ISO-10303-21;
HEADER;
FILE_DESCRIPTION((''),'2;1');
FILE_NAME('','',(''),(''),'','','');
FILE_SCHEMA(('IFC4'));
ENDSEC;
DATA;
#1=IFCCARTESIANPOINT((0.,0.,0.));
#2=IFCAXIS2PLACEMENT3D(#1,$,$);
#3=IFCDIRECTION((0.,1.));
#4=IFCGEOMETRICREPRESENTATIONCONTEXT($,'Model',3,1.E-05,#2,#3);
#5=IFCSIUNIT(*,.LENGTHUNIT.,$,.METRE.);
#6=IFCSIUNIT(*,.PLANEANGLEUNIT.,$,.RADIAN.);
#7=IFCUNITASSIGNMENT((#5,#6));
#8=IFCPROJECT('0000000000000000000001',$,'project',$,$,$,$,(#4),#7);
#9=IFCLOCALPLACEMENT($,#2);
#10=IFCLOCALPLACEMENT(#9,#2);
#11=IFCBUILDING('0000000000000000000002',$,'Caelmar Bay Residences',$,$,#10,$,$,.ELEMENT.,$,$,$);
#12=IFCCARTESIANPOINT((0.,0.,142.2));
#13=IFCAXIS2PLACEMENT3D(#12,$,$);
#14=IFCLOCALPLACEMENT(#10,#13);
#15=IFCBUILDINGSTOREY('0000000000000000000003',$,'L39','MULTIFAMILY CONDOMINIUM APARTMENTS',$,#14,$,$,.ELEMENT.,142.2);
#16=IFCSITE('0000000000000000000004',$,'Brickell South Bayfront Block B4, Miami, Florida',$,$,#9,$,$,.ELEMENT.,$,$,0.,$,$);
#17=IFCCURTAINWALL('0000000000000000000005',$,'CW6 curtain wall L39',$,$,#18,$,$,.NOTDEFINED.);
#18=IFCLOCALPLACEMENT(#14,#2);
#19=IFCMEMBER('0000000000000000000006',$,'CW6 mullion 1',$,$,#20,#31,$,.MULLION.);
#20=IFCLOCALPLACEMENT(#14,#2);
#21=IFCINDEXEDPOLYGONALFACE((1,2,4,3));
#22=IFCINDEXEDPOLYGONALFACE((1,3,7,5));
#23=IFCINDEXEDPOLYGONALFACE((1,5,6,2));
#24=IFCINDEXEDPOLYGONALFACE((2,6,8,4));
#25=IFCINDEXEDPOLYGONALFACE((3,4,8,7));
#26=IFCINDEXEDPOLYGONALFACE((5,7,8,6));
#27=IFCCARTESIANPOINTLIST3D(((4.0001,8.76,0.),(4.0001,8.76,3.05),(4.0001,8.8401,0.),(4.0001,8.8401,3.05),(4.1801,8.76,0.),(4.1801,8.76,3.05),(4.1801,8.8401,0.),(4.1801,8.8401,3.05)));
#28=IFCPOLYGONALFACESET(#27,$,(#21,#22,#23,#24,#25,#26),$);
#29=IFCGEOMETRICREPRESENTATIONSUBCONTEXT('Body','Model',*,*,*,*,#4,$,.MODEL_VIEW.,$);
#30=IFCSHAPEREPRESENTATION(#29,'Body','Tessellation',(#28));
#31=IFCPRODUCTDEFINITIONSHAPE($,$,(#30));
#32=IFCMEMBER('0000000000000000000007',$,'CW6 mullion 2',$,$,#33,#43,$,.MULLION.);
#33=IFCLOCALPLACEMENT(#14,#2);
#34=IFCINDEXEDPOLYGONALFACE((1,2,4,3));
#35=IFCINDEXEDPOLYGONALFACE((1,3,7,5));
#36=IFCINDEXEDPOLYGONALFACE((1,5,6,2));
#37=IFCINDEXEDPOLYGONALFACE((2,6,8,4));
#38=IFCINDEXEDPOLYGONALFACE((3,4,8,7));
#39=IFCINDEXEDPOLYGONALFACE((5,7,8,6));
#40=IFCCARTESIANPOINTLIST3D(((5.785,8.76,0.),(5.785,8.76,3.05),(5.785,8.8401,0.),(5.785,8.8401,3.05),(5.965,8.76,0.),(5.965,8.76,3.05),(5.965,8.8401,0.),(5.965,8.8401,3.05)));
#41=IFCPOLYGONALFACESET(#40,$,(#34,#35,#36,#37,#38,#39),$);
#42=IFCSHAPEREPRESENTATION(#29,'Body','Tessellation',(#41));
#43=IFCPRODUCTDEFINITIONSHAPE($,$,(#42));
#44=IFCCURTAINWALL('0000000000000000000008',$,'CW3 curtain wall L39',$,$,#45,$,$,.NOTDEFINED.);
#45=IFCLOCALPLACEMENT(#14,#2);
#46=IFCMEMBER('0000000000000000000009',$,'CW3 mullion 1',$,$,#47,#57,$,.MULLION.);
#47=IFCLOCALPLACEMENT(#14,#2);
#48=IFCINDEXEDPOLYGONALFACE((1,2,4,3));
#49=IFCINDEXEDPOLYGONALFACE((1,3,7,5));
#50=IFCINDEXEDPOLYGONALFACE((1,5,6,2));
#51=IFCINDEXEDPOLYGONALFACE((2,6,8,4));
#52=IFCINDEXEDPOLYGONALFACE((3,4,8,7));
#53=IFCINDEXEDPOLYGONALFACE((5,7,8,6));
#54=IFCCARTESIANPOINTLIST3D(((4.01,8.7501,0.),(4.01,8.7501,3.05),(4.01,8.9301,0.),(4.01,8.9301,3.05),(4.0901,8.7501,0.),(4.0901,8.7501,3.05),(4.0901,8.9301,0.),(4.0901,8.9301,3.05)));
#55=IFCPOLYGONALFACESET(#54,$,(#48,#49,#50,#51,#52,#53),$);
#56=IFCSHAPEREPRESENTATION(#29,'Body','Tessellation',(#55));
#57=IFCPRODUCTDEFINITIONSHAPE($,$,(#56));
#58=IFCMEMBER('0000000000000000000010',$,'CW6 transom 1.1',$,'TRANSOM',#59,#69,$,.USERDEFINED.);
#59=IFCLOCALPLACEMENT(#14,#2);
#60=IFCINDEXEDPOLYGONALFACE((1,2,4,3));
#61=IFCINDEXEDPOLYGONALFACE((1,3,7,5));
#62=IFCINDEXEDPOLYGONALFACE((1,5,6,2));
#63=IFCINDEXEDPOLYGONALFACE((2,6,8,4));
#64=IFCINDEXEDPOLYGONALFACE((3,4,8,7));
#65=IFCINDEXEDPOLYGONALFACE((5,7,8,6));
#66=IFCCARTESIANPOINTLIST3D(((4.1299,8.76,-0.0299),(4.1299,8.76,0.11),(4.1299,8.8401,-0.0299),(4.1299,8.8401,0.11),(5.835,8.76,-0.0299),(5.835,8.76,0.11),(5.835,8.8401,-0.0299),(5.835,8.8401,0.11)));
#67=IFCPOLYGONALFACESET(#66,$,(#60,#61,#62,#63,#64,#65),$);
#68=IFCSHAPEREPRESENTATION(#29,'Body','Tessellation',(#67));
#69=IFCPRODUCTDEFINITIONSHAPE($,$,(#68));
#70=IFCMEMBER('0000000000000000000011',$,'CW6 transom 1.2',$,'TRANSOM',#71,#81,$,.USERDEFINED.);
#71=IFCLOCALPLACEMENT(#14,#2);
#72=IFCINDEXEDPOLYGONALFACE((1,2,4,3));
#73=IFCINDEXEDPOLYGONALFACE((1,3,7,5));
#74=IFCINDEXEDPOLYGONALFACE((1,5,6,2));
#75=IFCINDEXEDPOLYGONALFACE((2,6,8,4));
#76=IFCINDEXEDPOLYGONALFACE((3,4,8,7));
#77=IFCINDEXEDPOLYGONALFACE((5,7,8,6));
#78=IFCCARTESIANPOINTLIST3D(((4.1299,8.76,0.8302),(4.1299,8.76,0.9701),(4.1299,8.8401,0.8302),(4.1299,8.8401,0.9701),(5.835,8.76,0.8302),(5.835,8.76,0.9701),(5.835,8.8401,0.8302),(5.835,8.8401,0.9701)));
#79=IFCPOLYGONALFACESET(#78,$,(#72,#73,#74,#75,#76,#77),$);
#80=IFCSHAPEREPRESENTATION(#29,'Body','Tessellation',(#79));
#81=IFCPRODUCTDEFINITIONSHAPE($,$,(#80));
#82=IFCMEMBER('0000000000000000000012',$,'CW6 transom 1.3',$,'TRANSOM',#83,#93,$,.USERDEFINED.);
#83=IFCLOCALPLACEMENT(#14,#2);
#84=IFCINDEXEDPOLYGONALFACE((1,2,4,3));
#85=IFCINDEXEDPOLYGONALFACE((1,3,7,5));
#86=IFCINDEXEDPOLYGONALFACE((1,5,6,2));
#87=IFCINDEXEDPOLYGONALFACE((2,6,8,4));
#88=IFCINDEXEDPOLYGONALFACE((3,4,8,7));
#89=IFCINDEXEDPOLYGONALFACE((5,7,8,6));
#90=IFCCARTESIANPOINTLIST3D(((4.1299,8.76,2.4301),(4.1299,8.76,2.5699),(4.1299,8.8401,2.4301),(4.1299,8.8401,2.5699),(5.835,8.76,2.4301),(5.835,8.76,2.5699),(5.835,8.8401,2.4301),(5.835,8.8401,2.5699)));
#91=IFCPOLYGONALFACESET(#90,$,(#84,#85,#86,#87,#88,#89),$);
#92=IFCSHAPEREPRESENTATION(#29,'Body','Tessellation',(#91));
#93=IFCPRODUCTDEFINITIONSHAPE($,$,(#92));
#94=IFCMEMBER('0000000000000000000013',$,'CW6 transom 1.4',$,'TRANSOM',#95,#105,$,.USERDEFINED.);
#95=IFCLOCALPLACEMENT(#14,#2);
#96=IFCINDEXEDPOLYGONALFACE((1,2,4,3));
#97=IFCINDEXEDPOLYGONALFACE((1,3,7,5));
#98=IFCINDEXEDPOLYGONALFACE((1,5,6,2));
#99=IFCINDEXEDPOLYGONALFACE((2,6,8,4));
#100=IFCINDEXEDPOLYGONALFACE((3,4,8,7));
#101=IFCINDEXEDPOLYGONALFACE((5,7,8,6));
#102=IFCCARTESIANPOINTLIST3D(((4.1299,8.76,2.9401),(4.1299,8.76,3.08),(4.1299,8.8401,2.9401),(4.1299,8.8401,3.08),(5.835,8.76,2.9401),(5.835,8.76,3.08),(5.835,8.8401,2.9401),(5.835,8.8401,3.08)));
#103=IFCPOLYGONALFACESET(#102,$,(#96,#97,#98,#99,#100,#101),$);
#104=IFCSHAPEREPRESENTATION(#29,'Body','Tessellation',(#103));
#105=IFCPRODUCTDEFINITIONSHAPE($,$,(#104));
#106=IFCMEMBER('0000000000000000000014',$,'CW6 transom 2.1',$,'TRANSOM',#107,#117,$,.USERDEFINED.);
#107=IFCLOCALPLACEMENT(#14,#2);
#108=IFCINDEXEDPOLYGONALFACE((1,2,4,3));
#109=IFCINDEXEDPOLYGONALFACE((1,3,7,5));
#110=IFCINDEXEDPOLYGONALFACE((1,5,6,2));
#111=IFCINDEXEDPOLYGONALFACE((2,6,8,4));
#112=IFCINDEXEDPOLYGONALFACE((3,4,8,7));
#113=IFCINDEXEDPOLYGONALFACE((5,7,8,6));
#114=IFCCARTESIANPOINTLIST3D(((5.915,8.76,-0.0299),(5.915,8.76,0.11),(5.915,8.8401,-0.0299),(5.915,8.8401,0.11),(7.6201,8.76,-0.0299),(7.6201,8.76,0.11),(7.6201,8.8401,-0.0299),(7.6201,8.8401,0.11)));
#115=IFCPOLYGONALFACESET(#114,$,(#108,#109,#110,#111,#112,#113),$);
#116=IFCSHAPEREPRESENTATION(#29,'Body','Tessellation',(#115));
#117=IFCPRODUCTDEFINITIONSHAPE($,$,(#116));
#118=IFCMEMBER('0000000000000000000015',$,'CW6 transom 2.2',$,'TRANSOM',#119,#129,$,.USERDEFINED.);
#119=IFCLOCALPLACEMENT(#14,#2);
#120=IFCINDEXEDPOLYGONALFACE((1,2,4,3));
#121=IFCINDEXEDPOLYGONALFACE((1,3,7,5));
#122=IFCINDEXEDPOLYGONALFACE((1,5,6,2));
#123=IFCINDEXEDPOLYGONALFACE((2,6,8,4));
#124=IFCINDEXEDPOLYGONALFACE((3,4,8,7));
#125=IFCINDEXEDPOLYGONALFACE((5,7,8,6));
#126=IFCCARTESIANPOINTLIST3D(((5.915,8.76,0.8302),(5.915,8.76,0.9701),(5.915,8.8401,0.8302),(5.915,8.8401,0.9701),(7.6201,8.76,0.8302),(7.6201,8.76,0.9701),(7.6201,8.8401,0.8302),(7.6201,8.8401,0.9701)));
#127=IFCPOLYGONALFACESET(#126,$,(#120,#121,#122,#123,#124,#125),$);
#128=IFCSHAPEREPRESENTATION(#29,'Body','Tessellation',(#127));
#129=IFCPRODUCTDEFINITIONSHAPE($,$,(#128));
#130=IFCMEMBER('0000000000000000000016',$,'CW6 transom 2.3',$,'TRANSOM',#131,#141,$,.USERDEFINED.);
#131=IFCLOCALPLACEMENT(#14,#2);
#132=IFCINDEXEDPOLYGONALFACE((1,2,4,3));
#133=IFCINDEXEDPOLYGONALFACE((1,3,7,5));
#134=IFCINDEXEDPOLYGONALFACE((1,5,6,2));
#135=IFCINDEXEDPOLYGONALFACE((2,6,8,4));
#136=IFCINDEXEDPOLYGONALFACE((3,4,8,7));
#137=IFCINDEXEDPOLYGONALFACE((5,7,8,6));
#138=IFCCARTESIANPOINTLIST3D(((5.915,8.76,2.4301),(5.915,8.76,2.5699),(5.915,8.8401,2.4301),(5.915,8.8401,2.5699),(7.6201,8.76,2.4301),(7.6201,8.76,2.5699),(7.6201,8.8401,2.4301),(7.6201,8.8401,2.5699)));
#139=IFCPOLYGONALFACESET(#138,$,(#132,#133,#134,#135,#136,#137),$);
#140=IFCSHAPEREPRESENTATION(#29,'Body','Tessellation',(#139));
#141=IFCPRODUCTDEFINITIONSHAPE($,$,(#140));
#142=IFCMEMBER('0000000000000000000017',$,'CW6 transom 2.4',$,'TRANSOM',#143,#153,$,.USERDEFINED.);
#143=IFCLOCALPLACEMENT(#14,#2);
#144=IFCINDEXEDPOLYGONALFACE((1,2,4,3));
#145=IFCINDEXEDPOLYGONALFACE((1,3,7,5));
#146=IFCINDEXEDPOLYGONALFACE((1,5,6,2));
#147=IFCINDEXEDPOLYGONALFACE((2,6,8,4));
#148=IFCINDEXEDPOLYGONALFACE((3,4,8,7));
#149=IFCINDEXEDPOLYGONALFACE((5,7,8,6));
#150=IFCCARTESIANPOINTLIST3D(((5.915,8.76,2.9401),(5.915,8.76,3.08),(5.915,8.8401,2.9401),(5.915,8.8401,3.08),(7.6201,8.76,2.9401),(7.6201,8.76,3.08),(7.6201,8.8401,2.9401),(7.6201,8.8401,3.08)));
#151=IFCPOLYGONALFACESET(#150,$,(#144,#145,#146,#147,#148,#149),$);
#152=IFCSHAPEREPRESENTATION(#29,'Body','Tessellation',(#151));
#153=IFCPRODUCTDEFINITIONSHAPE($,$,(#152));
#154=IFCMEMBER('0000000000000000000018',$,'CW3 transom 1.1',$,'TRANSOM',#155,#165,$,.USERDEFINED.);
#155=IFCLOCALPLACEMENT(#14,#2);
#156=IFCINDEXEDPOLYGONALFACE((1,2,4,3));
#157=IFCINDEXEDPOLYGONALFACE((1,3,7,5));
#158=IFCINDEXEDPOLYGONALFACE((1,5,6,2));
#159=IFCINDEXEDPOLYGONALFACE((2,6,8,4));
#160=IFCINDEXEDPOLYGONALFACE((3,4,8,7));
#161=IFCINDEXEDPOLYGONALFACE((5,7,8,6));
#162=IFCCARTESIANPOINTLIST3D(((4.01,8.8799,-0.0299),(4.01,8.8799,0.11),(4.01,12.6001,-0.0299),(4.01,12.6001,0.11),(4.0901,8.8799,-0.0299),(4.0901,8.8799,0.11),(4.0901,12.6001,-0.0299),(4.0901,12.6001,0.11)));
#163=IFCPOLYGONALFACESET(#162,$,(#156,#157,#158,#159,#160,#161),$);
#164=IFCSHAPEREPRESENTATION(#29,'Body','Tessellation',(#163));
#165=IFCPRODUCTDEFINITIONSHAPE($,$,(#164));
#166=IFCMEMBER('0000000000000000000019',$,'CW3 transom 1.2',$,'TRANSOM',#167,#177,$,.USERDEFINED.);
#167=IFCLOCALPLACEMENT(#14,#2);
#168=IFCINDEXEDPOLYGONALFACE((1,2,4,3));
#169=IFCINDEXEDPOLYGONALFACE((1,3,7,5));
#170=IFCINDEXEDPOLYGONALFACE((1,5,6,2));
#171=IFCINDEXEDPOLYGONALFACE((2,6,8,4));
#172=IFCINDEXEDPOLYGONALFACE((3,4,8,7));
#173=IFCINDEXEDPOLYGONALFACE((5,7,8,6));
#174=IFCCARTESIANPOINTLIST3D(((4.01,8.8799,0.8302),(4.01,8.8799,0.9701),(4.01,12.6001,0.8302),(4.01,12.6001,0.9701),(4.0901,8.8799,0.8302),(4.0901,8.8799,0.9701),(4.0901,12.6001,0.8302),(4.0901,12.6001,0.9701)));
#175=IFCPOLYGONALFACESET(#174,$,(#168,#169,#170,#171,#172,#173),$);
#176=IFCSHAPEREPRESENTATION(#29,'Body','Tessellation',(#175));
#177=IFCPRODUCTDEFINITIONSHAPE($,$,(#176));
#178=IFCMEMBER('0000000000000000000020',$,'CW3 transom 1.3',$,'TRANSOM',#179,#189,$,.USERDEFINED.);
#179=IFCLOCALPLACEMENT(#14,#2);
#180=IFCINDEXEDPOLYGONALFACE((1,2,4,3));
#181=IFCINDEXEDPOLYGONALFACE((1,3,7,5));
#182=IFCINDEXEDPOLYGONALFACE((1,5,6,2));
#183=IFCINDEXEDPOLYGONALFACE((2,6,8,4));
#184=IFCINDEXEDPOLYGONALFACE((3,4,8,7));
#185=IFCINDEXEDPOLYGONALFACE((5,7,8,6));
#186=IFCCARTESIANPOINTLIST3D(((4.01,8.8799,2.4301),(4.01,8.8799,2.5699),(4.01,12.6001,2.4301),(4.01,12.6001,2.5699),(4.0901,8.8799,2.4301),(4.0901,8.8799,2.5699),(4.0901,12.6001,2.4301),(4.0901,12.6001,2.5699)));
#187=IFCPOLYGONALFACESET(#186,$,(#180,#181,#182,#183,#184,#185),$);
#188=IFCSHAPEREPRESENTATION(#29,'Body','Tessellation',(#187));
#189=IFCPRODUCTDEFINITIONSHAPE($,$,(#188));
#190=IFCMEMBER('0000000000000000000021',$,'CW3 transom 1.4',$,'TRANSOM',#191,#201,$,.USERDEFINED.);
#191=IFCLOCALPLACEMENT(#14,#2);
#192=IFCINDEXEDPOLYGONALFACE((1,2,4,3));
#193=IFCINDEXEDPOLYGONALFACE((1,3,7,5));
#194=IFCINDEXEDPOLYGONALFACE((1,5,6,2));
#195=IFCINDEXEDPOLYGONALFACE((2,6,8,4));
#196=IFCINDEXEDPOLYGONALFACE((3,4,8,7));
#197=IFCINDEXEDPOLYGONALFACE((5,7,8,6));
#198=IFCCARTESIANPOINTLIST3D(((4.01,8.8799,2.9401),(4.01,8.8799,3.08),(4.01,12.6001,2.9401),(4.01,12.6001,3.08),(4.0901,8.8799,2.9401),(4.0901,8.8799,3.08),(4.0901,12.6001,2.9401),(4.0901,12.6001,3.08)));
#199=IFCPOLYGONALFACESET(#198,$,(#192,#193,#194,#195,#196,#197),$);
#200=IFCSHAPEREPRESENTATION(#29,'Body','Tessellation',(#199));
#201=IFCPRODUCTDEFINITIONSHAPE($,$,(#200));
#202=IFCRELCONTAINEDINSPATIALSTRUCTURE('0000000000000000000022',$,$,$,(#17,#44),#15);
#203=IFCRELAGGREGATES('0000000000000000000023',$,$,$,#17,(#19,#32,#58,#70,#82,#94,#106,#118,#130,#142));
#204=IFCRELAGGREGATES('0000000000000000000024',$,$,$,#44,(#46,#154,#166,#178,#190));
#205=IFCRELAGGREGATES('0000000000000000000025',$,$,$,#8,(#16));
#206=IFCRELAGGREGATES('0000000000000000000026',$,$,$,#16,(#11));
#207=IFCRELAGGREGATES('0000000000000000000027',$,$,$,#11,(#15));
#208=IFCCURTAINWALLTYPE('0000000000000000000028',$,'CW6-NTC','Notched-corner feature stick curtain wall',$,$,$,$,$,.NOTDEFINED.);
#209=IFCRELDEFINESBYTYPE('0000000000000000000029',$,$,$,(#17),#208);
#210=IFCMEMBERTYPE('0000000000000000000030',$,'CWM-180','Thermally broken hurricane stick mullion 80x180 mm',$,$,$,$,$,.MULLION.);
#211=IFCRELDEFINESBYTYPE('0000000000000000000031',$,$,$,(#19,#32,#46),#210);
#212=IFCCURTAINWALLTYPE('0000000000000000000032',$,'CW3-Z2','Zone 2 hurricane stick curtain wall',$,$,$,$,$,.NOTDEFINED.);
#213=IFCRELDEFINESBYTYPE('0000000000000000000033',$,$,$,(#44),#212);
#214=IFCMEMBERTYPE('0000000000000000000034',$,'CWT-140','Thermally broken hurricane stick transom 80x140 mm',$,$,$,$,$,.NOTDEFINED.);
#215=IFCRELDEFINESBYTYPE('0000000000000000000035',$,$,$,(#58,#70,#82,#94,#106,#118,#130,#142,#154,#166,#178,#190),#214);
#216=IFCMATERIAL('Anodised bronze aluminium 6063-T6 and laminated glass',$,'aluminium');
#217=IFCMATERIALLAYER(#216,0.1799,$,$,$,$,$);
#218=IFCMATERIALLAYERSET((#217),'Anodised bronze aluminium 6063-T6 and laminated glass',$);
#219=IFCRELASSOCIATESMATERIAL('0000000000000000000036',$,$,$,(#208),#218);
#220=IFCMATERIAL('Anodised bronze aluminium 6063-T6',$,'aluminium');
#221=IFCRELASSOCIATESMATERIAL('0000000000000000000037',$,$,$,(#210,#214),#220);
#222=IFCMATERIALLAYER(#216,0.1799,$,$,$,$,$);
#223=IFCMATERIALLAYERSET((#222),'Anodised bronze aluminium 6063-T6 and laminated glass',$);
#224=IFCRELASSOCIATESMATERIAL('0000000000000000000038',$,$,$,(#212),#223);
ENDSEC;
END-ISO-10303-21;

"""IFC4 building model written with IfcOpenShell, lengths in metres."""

from ifc_helpers import new_model, si_unit, direction, frame, origin, origin_2d, place, context, subcontext, project, spatial, rectangle, extrude, material, layer, layer_set, material_profile, profile_set, type_object, element, aggregate, save


model = new_model("IFC4")

# Units and contexts
model_context = context("Model", 3, precision=1e-05, world=origin(), true_north=direction((0.0, 1.0)))
body_context = subcontext(model_context, "Body", "Model", "MODEL_VIEW")
ifc_project = project(units=[si_unit("LENGTHUNIT", "METRE"), si_unit("PLANEANGLEUNIT", "RADIAN")], contexts=[model_context])

# Site, building, storey
site_placement = place(None, origin())
site = spatial("IfcSite", under=ifc_project, at=site_placement, Name="Brickell South Bayfront Block B4, Miami, Florida", CompositionType="ELEMENT", RefElevation=0.0)
building_placement = place(site_placement, origin())
building = spatial("IfcBuilding", under=site, at=building_placement, Name="Caelmar Bay Residences", CompositionType="ELEMENT")
storey_placement = place(building_placement, frame((0.0, 0.0, 142.2)))
storey = spatial("IfcBuildingStorey", under=building, at=storey_placement, Name="L39", Description="MULTIFAMILY CONDOMINIUM APARTMENTS", CompositionType="ELEMENT", Elevation=142.2)

# Curtain wall, members
ifc_material_1 = material(Name="Anodised bronze aluminium 6063-T6 and laminated glass", Category="aluminium")
ifc_layer_1 = layer(ifc_material_1, 0.1799)
ifc_layer_set_1 = layer_set([ifc_layer_1], Name="Anodised bronze aluminium 6063-T6 and laminated glass")
curtain_wall_type_1 = type_object("IfcCurtainWallType", Name="CW6-NTC", Description="Notched-corner feature stick curtain wall", PredefinedType="NOTDEFINED", material=ifc_layer_set_1)
curtain_wall_1_placement = place(storey_placement, origin())
curtain_wall_1 = element("IfcCurtainWall", 1, at=curtain_wall_1_placement, inside=storey, type_object=curtain_wall_type_1, Name="CW6 curtain wall L39", PredefinedType="NOTDEFINED")
ifc_material_2 = material(Name="Anodised bronze aluminium 6063-T6", Category="aluminium")
ifc_material_profile_1 = material_profile(ifc_material_2, rectangle(XDim=0.0801, YDim=0.1799, at=origin_2d()), Name="CWM-80X180")
ifc_profile_set_1 = profile_set([ifc_material_profile_1], Name="Anodised bronze aluminium 6063-T6")
member_type_1 = type_object("IfcMemberType", Name="CWM-180", Description="Thermally broken hurricane stick mullion 80x180 mm", PredefinedType="MULLION", material=ifc_profile_set_1)
member_1_placement = place(storey_placement, frame((4.0901, 8.8, 0.0), z_axis=(0.0, 0.0, 1.0), x_axis=(0.0, 1.0, 0.0)))
member_1 = element("IfcMember", 2, at=member_1_placement, type_object=member_type_1, Name="CW6 mullion 1", PredefinedType="MULLION", context=body_context, shape_type="SweptSolid", body=[
    extrude(rectangle(XDim=0.0801, YDim=0.1799, at=origin_2d()), origin(), (0.0, 0.0, 1.0), 3.05),
])
member_2_placement = place(storey_placement, frame((5.875, 8.8, 0.0), z_axis=(0.0, 0.0, 1.0), x_axis=(0.0, 1.0, 0.0)))
member_2 = element("IfcMember", 3, at=member_2_placement, type_object=member_type_1, Name="CW6 mullion 2", PredefinedType="MULLION", context=body_context, shape_type="SweptSolid", body=[
    extrude(rectangle(XDim=0.0801, YDim=0.1799, at=origin_2d()), origin(), (0.0, 0.0, 1.0), 3.05),
])

# Curtain wall, member
ifc_layer_2 = layer(ifc_material_1, 0.1799)
ifc_layer_set_2 = layer_set([ifc_layer_2], Name="Anodised bronze aluminium 6063-T6 and laminated glass")
curtain_wall_type_2 = type_object("IfcCurtainWallType", Name="CW3-Z2", Description="Zone 2 hurricane stick curtain wall", PredefinedType="NOTDEFINED", material=ifc_layer_set_2)
curtain_wall_2_placement = place(storey_placement, origin())
curtain_wall_2 = element("IfcCurtainWall", 4, at=curtain_wall_2_placement, inside=storey, type_object=curtain_wall_type_2, Name="CW3 curtain wall L39", PredefinedType="NOTDEFINED")
member_3_placement = place(storey_placement, frame((4.05, 8.8401, 0.0), z_axis=(0.0, 0.0, 1.0), x_axis=(-1.0, 0.0, 0.0)))
member_3 = element("IfcMember", 5, at=member_3_placement, type_object=member_type_1, Name="CW3 mullion 1", PredefinedType="MULLION", context=body_context, shape_type="SweptSolid", body=[
    extrude(rectangle(XDim=0.0801, YDim=0.1799, at=origin_2d()), origin(), (0.0, 0.0, 1.0), 3.05),
])

# Members
ifc_material_profile_2 = material_profile(ifc_material_2, rectangle(XDim=0.0801, YDim=0.1399, at=origin_2d()), Name="CWT-80X140")
ifc_profile_set_2 = profile_set([ifc_material_profile_2], Name="Anodised bronze aluminium 6063-T6")
member_type_2 = type_object("IfcMemberType", Name="CWT-140", Description="Thermally broken hurricane stick transom 80x140 mm", PredefinedType="NOTDEFINED", material=ifc_profile_set_2)
member_4_placement = place(storey_placement, frame((4.1299, 8.8, 0.04), z_axis=(1.0, 0.0, 0.0), x_axis=(0.0, 1.0, 0.0)))
member_4 = element("IfcMember", 6, at=member_4_placement, type_object=member_type_2, Name="CW6 transom 1.1", ObjectType="TRANSOM", PredefinedType="USERDEFINED", context=body_context, shape_type="SweptSolid", body=[
    extrude(rectangle(XDim=0.0801, YDim=0.1399, at=origin_2d()), origin(), (0.0, 0.0, 1.0), 1.7051),
])
member_5_placement = place(storey_placement, frame((4.1299, 8.8, 0.9001), z_axis=(1.0, 0.0, 0.0), x_axis=(0.0, 1.0, 0.0)))
member_5 = element("IfcMember", 7, at=member_5_placement, type_object=member_type_2, Name="CW6 transom 1.2", ObjectType="TRANSOM", PredefinedType="USERDEFINED", context=body_context, shape_type="SweptSolid", body=[
    extrude(rectangle(XDim=0.0801, YDim=0.1399, at=origin_2d()), origin(), (0.0, 0.0, 1.0), 1.7051),
])
member_6_placement = place(storey_placement, frame((4.1299, 8.8, 2.5), z_axis=(1.0, 0.0, 0.0), x_axis=(0.0, 1.0, 0.0)))
member_6 = element("IfcMember", 8, at=member_6_placement, type_object=member_type_2, Name="CW6 transom 1.3", ObjectType="TRANSOM", PredefinedType="USERDEFINED", context=body_context, shape_type="SweptSolid", body=[
    extrude(rectangle(XDim=0.0801, YDim=0.1399, at=origin_2d()), origin(), (0.0, 0.0, 1.0), 1.7051),
])
member_7_placement = place(storey_placement, frame((4.1299, 8.8, 3.01), z_axis=(1.0, 0.0, 0.0), x_axis=(0.0, 1.0, 0.0)))
member_7 = element("IfcMember", 9, at=member_7_placement, type_object=member_type_2, Name="CW6 transom 1.4", ObjectType="TRANSOM", PredefinedType="USERDEFINED", context=body_context, shape_type="SweptSolid", body=[
    extrude(rectangle(XDim=0.0801, YDim=0.1399, at=origin_2d()), origin(), (0.0, 0.0, 1.0), 1.7051),
])
member_8_placement = place(storey_placement, frame((5.915, 8.8, 0.04), z_axis=(1.0, 0.0, 0.0), x_axis=(0.0, 1.0, 0.0)))
member_8 = element("IfcMember", 10, at=member_8_placement, type_object=member_type_2, Name="CW6 transom 2.1", ObjectType="TRANSOM", PredefinedType="USERDEFINED", context=body_context, shape_type="SweptSolid", body=[
    extrude(rectangle(XDim=0.0801, YDim=0.1399, at=origin_2d()), origin(), (0.0, 0.0, 1.0), 1.7051),
])
member_9_placement = place(storey_placement, frame((5.915, 8.8, 0.9001), z_axis=(1.0, 0.0, 0.0), x_axis=(0.0, 1.0, 0.0)))
member_9 = element("IfcMember", 11, at=member_9_placement, type_object=member_type_2, Name="CW6 transom 2.2", ObjectType="TRANSOM", PredefinedType="USERDEFINED", context=body_context, shape_type="SweptSolid", body=[
    extrude(rectangle(XDim=0.0801, YDim=0.1399, at=origin_2d()), origin(), (0.0, 0.0, 1.0), 1.7051),
])
member_10_placement = place(storey_placement, frame((5.915, 8.8, 2.5), z_axis=(1.0, 0.0, 0.0), x_axis=(0.0, 1.0, 0.0)))
member_10 = element("IfcMember", 12, at=member_10_placement, type_object=member_type_2, Name="CW6 transom 2.3", ObjectType="TRANSOM", PredefinedType="USERDEFINED", context=body_context, shape_type="SweptSolid", body=[
    extrude(rectangle(XDim=0.0801, YDim=0.1399, at=origin_2d()), origin(), (0.0, 0.0, 1.0), 1.7051),
])
member_11_placement = place(storey_placement, frame((5.915, 8.8, 3.01), z_axis=(1.0, 0.0, 0.0), x_axis=(0.0, 1.0, 0.0)))
member_11 = element("IfcMember", 13, at=member_11_placement, type_object=member_type_2, Name="CW6 transom 2.4", ObjectType="TRANSOM", PredefinedType="USERDEFINED", context=body_context, shape_type="SweptSolid", body=[
    extrude(rectangle(XDim=0.0801, YDim=0.1399, at=origin_2d()), origin(), (0.0, 0.0, 1.0), 1.7051),
])
member_12_placement = place(storey_placement, frame((4.05, 8.8799, 0.04), z_axis=(0.0, 1.0, 0.0), x_axis=(-1.0, 0.0, 0.0)))
member_12 = element("IfcMember", 14, at=member_12_placement, type_object=member_type_2, Name="CW3 transom 1.1", ObjectType="TRANSOM", PredefinedType="USERDEFINED", context=body_context, shape_type="SweptSolid", body=[
    extrude(rectangle(XDim=0.0801, YDim=0.1399, at=origin_2d()), origin(), (0.0, 0.0, 1.0), 3.7202),
])
member_13_placement = place(storey_placement, frame((4.05, 8.8799, 0.9001), z_axis=(0.0, 1.0, 0.0), x_axis=(-1.0, 0.0, 0.0)))
member_13 = element("IfcMember", 15, at=member_13_placement, type_object=member_type_2, Name="CW3 transom 1.2", ObjectType="TRANSOM", PredefinedType="USERDEFINED", context=body_context, shape_type="SweptSolid", body=[
    extrude(rectangle(XDim=0.0801, YDim=0.1399, at=origin_2d()), origin(), (0.0, 0.0, 1.0), 3.7202),
])
member_14_placement = place(storey_placement, frame((4.05, 8.8799, 2.5), z_axis=(0.0, 1.0, 0.0), x_axis=(-1.0, 0.0, 0.0)))
member_14 = element("IfcMember", 16, at=member_14_placement, type_object=member_type_2, Name="CW3 transom 1.3", ObjectType="TRANSOM", PredefinedType="USERDEFINED", context=body_context, shape_type="SweptSolid", body=[
    extrude(rectangle(XDim=0.0801, YDim=0.1399, at=origin_2d()), origin(), (0.0, 0.0, 1.0), 3.7202),
])
member_15_placement = place(storey_placement, frame((4.05, 8.8799, 3.01), z_axis=(0.0, 1.0, 0.0), x_axis=(-1.0, 0.0, 0.0)))
member_15 = element("IfcMember", 17, at=member_15_placement, type_object=member_type_2, Name="CW3 transom 1.4", ObjectType="TRANSOM", PredefinedType="USERDEFINED", context=body_context, shape_type="SweptSolid", body=[
    extrude(rectangle(XDim=0.0801, YDim=0.1399, at=origin_2d()), origin(), (0.0, 0.0, 1.0), 3.7202),
])

aggregate(curtain_wall_1, [member_1, member_2, member_4, member_5, member_6, member_7, member_8, member_9, member_10, member_11])
aggregate(curtain_wall_2, [member_3, member_12, member_13, member_14, member_15])

save(model, "model.ifc")
